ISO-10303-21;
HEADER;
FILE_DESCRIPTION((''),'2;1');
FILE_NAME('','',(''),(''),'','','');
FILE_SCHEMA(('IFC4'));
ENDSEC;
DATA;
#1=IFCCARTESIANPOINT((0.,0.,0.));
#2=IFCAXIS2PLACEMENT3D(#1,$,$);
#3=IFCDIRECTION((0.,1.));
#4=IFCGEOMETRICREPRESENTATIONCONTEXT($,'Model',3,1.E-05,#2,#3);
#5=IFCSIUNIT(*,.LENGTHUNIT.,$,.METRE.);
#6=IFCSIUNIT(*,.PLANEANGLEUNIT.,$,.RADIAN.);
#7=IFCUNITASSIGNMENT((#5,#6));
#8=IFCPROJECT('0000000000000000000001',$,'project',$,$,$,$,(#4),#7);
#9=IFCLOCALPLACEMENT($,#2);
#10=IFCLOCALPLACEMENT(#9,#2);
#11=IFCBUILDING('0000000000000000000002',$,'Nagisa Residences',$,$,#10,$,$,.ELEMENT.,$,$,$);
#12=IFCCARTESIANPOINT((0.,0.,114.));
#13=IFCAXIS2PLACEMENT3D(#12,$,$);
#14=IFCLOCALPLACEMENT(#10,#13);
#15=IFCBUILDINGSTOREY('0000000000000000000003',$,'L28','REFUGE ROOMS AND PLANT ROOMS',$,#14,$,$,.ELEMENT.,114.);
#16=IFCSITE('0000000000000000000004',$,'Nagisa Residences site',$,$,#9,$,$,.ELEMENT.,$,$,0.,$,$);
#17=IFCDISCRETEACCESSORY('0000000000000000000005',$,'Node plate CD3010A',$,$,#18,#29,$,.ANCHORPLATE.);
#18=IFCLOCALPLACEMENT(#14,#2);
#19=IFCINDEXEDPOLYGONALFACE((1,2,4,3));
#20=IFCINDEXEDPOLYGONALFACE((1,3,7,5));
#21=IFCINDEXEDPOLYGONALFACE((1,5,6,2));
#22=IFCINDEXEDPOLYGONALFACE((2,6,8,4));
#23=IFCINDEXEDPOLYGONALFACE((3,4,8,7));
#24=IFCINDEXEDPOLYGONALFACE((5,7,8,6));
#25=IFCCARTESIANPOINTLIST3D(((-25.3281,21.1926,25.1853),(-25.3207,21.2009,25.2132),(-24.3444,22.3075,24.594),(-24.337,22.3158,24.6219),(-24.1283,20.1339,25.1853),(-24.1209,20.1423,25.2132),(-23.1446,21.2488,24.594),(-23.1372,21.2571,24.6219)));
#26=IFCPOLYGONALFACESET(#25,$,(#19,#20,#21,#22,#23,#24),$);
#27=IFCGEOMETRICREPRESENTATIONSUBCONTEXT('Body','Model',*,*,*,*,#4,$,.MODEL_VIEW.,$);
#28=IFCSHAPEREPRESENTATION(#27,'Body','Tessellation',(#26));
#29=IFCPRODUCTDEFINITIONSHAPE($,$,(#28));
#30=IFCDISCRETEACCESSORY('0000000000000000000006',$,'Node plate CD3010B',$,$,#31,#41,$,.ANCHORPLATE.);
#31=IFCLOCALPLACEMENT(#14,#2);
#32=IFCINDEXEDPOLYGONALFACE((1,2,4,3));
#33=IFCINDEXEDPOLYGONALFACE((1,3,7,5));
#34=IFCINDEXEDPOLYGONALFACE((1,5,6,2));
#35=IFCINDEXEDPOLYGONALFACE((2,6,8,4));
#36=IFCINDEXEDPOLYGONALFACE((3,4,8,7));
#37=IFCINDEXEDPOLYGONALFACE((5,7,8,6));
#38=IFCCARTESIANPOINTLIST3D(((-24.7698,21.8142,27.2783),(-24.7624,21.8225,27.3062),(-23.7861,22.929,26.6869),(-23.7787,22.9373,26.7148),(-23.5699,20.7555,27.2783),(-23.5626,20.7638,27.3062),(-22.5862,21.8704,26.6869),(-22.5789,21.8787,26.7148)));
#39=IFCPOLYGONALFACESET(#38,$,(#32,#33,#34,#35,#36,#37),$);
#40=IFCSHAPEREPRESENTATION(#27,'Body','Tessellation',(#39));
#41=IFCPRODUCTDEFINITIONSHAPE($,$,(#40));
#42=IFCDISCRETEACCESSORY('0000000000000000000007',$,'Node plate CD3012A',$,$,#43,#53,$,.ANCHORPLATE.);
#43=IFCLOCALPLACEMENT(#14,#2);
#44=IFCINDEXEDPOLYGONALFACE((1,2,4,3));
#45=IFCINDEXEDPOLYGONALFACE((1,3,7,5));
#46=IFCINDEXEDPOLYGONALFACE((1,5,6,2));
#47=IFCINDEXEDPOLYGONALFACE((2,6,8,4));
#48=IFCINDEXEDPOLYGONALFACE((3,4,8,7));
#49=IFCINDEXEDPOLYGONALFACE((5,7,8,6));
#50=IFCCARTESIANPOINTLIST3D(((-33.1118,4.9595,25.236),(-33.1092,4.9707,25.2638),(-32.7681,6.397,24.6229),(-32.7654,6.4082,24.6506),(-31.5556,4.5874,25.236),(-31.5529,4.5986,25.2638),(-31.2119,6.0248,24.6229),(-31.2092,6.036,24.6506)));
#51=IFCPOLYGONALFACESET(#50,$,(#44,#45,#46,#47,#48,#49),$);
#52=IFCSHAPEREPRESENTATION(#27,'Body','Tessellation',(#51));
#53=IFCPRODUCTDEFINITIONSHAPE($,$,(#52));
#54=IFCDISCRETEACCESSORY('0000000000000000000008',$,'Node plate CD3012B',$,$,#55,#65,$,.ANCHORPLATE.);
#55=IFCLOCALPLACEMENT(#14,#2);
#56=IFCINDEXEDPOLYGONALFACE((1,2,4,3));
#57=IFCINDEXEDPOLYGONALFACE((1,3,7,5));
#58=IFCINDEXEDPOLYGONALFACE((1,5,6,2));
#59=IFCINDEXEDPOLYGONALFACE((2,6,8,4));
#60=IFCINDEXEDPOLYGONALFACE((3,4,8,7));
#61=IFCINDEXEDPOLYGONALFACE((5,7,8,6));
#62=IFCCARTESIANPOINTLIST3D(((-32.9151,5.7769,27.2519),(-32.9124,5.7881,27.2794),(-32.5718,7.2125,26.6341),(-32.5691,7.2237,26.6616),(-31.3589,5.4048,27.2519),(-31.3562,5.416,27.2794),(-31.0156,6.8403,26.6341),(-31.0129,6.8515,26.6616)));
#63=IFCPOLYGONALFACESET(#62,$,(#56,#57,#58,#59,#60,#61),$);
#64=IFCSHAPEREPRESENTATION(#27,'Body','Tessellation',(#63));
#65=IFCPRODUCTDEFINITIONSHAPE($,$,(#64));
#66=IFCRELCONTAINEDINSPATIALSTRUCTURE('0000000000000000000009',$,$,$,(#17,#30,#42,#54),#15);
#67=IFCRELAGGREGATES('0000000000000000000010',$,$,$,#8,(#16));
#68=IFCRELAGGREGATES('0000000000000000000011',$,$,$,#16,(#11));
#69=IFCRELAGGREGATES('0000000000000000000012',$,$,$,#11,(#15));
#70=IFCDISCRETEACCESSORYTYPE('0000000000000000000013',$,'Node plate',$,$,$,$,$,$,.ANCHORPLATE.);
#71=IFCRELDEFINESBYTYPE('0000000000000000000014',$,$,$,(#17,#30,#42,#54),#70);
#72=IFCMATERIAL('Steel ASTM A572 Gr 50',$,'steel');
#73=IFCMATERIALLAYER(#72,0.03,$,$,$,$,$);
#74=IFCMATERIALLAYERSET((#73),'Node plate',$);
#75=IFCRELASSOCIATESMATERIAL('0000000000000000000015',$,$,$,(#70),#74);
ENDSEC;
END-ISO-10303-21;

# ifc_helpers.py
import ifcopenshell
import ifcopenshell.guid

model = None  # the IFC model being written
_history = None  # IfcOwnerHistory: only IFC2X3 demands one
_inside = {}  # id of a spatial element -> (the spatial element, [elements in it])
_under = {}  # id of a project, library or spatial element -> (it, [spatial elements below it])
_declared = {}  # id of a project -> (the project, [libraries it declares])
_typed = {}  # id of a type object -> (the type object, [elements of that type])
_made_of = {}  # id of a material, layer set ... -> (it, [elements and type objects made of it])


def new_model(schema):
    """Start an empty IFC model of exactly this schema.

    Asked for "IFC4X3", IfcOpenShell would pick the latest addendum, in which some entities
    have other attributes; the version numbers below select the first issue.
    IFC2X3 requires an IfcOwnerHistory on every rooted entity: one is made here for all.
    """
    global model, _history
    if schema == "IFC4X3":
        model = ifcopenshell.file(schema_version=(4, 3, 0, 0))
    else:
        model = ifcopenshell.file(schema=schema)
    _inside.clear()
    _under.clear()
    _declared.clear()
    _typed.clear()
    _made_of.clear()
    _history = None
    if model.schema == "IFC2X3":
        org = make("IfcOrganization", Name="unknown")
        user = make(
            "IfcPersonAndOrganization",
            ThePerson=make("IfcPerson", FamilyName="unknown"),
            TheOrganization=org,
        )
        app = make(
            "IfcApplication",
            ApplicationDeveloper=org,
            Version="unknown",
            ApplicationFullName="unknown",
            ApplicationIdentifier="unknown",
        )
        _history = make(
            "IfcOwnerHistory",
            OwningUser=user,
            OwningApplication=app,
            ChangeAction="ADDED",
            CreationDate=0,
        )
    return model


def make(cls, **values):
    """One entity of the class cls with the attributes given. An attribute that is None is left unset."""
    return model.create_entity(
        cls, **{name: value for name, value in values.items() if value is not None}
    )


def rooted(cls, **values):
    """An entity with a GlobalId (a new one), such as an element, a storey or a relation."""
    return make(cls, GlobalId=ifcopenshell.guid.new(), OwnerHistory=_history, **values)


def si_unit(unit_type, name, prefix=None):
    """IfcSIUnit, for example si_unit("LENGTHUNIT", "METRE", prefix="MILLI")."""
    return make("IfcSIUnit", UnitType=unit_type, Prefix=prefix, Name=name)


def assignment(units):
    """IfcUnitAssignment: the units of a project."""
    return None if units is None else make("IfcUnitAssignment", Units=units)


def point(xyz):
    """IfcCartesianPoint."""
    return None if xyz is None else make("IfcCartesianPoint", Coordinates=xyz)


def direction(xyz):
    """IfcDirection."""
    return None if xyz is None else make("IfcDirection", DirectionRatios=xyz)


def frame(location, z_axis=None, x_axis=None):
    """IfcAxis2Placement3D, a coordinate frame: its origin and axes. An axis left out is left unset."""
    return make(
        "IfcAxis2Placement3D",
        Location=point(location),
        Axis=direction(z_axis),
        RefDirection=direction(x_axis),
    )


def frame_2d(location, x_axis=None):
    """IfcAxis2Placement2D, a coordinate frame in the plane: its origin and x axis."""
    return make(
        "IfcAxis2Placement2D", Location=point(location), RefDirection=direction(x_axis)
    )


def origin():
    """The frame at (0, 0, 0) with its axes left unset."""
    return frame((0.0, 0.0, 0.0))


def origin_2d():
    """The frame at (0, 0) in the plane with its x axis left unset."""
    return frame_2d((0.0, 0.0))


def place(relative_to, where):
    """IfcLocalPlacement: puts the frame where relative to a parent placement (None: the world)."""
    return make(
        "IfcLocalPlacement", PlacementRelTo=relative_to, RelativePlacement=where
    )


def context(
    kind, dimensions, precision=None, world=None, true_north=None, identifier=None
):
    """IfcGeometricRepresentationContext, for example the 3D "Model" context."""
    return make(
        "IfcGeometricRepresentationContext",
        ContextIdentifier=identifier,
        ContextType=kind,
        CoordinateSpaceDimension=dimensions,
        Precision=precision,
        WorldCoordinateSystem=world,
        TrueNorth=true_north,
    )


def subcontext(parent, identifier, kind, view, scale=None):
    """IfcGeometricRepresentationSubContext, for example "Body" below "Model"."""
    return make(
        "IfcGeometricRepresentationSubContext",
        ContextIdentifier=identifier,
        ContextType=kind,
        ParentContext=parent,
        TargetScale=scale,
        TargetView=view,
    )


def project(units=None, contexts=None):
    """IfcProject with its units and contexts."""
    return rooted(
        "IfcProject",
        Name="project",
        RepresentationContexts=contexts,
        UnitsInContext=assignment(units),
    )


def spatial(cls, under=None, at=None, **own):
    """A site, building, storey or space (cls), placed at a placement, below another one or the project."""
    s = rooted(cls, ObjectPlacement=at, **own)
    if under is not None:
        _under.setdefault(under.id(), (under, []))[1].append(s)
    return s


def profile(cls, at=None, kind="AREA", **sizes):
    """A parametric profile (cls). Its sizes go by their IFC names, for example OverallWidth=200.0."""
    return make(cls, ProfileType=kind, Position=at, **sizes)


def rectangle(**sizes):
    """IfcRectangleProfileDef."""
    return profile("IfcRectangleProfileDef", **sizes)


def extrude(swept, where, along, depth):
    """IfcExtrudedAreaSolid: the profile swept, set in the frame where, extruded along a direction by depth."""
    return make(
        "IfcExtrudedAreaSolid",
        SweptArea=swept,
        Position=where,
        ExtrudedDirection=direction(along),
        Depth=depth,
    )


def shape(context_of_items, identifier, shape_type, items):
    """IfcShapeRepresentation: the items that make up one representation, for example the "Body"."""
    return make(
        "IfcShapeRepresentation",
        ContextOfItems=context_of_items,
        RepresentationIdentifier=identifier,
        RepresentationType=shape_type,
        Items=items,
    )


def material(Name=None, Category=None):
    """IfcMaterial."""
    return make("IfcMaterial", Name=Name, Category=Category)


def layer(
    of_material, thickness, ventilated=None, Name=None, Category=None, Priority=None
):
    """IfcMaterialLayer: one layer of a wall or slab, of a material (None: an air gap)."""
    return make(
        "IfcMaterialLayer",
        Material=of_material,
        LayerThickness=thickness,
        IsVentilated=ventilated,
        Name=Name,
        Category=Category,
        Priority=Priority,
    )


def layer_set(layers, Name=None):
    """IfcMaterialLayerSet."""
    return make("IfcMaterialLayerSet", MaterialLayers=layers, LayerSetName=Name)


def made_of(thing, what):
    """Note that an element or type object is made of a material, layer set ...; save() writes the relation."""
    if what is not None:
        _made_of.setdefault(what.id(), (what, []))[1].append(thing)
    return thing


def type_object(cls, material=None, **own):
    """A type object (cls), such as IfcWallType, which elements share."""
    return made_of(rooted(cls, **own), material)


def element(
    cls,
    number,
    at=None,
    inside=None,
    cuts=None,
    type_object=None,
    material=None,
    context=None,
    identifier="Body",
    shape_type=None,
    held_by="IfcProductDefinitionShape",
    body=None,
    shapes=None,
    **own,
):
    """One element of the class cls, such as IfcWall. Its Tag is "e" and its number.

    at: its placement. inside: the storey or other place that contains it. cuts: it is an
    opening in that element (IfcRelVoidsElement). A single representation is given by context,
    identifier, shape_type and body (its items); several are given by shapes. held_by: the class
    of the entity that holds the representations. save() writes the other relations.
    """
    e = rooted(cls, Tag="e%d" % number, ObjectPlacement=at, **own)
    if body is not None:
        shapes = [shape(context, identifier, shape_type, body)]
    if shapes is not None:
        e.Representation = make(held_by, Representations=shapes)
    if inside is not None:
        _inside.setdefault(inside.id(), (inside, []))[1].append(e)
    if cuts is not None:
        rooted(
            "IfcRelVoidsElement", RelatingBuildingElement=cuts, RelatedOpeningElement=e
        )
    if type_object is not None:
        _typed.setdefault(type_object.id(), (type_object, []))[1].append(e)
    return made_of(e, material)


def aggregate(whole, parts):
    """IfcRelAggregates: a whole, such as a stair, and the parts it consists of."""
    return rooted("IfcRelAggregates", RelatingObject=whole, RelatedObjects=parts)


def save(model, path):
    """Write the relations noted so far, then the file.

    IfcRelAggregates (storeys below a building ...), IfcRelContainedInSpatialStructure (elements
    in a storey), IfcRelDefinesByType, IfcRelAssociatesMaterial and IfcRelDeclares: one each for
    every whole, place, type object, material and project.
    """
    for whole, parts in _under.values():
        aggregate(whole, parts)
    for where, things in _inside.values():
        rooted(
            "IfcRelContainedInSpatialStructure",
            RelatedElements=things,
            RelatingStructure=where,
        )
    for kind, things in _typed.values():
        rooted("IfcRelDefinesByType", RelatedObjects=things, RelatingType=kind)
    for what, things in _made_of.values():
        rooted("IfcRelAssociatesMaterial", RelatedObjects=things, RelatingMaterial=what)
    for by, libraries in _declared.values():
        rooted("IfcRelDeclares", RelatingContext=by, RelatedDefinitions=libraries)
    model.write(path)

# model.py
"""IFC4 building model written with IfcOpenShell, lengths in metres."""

from ifc_helpers import new_model, si_unit, direction, frame, origin, origin_2d, place, context, subcontext, project, spatial, rectangle, extrude, material, layer, layer_set, type_object, element, save


model = new_model("IFC4")

# Units and contexts
model_context = context("Model", 3, precision=1e-05, world=origin(), true_north=direction((0.0, 1.0)))
body_context = subcontext(model_context, "Body", "Model", "MODEL_VIEW")
ifc_project = project(units=[si_unit("LENGTHUNIT", "METRE"), si_unit("PLANEANGLEUNIT", "RADIAN")], contexts=[model_context])

# Site, building, storey
site_placement = place(None, origin())
site = spatial("IfcSite", under=ifc_project, at=site_placement, Name="Nagisa Residences site", CompositionType="ELEMENT", RefElevation=0.0)
building_placement = place(site_placement, origin())
building = spatial("IfcBuilding", under=site, at=building_placement, Name="Nagisa Residences", CompositionType="ELEMENT")
storey_placement = place(building_placement, frame((0.0, 0.0, 114.0)))
storey = spatial("IfcBuildingStorey", under=building, at=storey_placement, Name="L28", Description="REFUGE ROOMS AND PLANT ROOMS", CompositionType="ELEMENT", Elevation=114.0)

# Discrete accessories
ifc_material_1 = material(Name="Steel ASTM A572 Gr 50", Category="steel")
ifc_layer = layer(ifc_material_1, 0.03)
ifc_layer_set = layer_set([ifc_layer], Name="Node plate")
discrete_accessory_type = type_object("IfcDiscreteAccessoryType", Name="Node plate", PredefinedType="ANCHORPLATE", material=ifc_layer_set)
for number, where, z_axis, x_axis, name in (
    (1, (-24.2363, 21.2207, 24.8896), (0.244525, 0.277129, 0.929197), (-0.749838, 0.661622, 0.0), "Node plate CD3010A"),
    (2, (-23.6707, 21.8506, 27.0105), (-0.244525, -0.277129, -0.929197), (0.749838, -0.661622, 0.0), "Node plate CD3010B"),
    (3, (-32.1619, 5.4922, 24.9294), (0.089125, 0.372705, 0.92366), (-0.972579, 0.232573, 0.0), "Node plate CD3012A"),
):
    element("IfcDiscreteAccessory", number, at=place(storey_placement, frame(where, z_axis=z_axis, x_axis=x_axis)), inside=storey, type_object=discrete_accessory_type, Name=name, PredefinedType="ANCHORPLATE", context=body_context, shape_type="SweptSolid", body=[
        extrude(rectangle(XDim=1.6001, YDim=1.6001, at=origin_2d()), origin(), (0.0, 0.0, 1.0), 0.03),
    ])
discrete_accessory_1_placement = place(storey_placement, frame((-31.9626, 6.3198, 26.9705), z_axis=(-0.089797, -0.375513, -0.922457), x_axis=(0.972579, -0.232573, 0.0)))
element("IfcDiscreteAccessory", 4, at=discrete_accessory_1_placement, inside=storey, type_object=discrete_accessory_type, Name="Node plate CD3012B", PredefinedType="ANCHORPLATE", context=body_context, shape_type="SweptSolid", body=[
    extrude(rectangle(XDim=1.6001, YDim=1.6001, at=origin_2d()), origin(), (0.0, 0.0, 1.0), 0.0298),
])

save(model, "model.ifc")
